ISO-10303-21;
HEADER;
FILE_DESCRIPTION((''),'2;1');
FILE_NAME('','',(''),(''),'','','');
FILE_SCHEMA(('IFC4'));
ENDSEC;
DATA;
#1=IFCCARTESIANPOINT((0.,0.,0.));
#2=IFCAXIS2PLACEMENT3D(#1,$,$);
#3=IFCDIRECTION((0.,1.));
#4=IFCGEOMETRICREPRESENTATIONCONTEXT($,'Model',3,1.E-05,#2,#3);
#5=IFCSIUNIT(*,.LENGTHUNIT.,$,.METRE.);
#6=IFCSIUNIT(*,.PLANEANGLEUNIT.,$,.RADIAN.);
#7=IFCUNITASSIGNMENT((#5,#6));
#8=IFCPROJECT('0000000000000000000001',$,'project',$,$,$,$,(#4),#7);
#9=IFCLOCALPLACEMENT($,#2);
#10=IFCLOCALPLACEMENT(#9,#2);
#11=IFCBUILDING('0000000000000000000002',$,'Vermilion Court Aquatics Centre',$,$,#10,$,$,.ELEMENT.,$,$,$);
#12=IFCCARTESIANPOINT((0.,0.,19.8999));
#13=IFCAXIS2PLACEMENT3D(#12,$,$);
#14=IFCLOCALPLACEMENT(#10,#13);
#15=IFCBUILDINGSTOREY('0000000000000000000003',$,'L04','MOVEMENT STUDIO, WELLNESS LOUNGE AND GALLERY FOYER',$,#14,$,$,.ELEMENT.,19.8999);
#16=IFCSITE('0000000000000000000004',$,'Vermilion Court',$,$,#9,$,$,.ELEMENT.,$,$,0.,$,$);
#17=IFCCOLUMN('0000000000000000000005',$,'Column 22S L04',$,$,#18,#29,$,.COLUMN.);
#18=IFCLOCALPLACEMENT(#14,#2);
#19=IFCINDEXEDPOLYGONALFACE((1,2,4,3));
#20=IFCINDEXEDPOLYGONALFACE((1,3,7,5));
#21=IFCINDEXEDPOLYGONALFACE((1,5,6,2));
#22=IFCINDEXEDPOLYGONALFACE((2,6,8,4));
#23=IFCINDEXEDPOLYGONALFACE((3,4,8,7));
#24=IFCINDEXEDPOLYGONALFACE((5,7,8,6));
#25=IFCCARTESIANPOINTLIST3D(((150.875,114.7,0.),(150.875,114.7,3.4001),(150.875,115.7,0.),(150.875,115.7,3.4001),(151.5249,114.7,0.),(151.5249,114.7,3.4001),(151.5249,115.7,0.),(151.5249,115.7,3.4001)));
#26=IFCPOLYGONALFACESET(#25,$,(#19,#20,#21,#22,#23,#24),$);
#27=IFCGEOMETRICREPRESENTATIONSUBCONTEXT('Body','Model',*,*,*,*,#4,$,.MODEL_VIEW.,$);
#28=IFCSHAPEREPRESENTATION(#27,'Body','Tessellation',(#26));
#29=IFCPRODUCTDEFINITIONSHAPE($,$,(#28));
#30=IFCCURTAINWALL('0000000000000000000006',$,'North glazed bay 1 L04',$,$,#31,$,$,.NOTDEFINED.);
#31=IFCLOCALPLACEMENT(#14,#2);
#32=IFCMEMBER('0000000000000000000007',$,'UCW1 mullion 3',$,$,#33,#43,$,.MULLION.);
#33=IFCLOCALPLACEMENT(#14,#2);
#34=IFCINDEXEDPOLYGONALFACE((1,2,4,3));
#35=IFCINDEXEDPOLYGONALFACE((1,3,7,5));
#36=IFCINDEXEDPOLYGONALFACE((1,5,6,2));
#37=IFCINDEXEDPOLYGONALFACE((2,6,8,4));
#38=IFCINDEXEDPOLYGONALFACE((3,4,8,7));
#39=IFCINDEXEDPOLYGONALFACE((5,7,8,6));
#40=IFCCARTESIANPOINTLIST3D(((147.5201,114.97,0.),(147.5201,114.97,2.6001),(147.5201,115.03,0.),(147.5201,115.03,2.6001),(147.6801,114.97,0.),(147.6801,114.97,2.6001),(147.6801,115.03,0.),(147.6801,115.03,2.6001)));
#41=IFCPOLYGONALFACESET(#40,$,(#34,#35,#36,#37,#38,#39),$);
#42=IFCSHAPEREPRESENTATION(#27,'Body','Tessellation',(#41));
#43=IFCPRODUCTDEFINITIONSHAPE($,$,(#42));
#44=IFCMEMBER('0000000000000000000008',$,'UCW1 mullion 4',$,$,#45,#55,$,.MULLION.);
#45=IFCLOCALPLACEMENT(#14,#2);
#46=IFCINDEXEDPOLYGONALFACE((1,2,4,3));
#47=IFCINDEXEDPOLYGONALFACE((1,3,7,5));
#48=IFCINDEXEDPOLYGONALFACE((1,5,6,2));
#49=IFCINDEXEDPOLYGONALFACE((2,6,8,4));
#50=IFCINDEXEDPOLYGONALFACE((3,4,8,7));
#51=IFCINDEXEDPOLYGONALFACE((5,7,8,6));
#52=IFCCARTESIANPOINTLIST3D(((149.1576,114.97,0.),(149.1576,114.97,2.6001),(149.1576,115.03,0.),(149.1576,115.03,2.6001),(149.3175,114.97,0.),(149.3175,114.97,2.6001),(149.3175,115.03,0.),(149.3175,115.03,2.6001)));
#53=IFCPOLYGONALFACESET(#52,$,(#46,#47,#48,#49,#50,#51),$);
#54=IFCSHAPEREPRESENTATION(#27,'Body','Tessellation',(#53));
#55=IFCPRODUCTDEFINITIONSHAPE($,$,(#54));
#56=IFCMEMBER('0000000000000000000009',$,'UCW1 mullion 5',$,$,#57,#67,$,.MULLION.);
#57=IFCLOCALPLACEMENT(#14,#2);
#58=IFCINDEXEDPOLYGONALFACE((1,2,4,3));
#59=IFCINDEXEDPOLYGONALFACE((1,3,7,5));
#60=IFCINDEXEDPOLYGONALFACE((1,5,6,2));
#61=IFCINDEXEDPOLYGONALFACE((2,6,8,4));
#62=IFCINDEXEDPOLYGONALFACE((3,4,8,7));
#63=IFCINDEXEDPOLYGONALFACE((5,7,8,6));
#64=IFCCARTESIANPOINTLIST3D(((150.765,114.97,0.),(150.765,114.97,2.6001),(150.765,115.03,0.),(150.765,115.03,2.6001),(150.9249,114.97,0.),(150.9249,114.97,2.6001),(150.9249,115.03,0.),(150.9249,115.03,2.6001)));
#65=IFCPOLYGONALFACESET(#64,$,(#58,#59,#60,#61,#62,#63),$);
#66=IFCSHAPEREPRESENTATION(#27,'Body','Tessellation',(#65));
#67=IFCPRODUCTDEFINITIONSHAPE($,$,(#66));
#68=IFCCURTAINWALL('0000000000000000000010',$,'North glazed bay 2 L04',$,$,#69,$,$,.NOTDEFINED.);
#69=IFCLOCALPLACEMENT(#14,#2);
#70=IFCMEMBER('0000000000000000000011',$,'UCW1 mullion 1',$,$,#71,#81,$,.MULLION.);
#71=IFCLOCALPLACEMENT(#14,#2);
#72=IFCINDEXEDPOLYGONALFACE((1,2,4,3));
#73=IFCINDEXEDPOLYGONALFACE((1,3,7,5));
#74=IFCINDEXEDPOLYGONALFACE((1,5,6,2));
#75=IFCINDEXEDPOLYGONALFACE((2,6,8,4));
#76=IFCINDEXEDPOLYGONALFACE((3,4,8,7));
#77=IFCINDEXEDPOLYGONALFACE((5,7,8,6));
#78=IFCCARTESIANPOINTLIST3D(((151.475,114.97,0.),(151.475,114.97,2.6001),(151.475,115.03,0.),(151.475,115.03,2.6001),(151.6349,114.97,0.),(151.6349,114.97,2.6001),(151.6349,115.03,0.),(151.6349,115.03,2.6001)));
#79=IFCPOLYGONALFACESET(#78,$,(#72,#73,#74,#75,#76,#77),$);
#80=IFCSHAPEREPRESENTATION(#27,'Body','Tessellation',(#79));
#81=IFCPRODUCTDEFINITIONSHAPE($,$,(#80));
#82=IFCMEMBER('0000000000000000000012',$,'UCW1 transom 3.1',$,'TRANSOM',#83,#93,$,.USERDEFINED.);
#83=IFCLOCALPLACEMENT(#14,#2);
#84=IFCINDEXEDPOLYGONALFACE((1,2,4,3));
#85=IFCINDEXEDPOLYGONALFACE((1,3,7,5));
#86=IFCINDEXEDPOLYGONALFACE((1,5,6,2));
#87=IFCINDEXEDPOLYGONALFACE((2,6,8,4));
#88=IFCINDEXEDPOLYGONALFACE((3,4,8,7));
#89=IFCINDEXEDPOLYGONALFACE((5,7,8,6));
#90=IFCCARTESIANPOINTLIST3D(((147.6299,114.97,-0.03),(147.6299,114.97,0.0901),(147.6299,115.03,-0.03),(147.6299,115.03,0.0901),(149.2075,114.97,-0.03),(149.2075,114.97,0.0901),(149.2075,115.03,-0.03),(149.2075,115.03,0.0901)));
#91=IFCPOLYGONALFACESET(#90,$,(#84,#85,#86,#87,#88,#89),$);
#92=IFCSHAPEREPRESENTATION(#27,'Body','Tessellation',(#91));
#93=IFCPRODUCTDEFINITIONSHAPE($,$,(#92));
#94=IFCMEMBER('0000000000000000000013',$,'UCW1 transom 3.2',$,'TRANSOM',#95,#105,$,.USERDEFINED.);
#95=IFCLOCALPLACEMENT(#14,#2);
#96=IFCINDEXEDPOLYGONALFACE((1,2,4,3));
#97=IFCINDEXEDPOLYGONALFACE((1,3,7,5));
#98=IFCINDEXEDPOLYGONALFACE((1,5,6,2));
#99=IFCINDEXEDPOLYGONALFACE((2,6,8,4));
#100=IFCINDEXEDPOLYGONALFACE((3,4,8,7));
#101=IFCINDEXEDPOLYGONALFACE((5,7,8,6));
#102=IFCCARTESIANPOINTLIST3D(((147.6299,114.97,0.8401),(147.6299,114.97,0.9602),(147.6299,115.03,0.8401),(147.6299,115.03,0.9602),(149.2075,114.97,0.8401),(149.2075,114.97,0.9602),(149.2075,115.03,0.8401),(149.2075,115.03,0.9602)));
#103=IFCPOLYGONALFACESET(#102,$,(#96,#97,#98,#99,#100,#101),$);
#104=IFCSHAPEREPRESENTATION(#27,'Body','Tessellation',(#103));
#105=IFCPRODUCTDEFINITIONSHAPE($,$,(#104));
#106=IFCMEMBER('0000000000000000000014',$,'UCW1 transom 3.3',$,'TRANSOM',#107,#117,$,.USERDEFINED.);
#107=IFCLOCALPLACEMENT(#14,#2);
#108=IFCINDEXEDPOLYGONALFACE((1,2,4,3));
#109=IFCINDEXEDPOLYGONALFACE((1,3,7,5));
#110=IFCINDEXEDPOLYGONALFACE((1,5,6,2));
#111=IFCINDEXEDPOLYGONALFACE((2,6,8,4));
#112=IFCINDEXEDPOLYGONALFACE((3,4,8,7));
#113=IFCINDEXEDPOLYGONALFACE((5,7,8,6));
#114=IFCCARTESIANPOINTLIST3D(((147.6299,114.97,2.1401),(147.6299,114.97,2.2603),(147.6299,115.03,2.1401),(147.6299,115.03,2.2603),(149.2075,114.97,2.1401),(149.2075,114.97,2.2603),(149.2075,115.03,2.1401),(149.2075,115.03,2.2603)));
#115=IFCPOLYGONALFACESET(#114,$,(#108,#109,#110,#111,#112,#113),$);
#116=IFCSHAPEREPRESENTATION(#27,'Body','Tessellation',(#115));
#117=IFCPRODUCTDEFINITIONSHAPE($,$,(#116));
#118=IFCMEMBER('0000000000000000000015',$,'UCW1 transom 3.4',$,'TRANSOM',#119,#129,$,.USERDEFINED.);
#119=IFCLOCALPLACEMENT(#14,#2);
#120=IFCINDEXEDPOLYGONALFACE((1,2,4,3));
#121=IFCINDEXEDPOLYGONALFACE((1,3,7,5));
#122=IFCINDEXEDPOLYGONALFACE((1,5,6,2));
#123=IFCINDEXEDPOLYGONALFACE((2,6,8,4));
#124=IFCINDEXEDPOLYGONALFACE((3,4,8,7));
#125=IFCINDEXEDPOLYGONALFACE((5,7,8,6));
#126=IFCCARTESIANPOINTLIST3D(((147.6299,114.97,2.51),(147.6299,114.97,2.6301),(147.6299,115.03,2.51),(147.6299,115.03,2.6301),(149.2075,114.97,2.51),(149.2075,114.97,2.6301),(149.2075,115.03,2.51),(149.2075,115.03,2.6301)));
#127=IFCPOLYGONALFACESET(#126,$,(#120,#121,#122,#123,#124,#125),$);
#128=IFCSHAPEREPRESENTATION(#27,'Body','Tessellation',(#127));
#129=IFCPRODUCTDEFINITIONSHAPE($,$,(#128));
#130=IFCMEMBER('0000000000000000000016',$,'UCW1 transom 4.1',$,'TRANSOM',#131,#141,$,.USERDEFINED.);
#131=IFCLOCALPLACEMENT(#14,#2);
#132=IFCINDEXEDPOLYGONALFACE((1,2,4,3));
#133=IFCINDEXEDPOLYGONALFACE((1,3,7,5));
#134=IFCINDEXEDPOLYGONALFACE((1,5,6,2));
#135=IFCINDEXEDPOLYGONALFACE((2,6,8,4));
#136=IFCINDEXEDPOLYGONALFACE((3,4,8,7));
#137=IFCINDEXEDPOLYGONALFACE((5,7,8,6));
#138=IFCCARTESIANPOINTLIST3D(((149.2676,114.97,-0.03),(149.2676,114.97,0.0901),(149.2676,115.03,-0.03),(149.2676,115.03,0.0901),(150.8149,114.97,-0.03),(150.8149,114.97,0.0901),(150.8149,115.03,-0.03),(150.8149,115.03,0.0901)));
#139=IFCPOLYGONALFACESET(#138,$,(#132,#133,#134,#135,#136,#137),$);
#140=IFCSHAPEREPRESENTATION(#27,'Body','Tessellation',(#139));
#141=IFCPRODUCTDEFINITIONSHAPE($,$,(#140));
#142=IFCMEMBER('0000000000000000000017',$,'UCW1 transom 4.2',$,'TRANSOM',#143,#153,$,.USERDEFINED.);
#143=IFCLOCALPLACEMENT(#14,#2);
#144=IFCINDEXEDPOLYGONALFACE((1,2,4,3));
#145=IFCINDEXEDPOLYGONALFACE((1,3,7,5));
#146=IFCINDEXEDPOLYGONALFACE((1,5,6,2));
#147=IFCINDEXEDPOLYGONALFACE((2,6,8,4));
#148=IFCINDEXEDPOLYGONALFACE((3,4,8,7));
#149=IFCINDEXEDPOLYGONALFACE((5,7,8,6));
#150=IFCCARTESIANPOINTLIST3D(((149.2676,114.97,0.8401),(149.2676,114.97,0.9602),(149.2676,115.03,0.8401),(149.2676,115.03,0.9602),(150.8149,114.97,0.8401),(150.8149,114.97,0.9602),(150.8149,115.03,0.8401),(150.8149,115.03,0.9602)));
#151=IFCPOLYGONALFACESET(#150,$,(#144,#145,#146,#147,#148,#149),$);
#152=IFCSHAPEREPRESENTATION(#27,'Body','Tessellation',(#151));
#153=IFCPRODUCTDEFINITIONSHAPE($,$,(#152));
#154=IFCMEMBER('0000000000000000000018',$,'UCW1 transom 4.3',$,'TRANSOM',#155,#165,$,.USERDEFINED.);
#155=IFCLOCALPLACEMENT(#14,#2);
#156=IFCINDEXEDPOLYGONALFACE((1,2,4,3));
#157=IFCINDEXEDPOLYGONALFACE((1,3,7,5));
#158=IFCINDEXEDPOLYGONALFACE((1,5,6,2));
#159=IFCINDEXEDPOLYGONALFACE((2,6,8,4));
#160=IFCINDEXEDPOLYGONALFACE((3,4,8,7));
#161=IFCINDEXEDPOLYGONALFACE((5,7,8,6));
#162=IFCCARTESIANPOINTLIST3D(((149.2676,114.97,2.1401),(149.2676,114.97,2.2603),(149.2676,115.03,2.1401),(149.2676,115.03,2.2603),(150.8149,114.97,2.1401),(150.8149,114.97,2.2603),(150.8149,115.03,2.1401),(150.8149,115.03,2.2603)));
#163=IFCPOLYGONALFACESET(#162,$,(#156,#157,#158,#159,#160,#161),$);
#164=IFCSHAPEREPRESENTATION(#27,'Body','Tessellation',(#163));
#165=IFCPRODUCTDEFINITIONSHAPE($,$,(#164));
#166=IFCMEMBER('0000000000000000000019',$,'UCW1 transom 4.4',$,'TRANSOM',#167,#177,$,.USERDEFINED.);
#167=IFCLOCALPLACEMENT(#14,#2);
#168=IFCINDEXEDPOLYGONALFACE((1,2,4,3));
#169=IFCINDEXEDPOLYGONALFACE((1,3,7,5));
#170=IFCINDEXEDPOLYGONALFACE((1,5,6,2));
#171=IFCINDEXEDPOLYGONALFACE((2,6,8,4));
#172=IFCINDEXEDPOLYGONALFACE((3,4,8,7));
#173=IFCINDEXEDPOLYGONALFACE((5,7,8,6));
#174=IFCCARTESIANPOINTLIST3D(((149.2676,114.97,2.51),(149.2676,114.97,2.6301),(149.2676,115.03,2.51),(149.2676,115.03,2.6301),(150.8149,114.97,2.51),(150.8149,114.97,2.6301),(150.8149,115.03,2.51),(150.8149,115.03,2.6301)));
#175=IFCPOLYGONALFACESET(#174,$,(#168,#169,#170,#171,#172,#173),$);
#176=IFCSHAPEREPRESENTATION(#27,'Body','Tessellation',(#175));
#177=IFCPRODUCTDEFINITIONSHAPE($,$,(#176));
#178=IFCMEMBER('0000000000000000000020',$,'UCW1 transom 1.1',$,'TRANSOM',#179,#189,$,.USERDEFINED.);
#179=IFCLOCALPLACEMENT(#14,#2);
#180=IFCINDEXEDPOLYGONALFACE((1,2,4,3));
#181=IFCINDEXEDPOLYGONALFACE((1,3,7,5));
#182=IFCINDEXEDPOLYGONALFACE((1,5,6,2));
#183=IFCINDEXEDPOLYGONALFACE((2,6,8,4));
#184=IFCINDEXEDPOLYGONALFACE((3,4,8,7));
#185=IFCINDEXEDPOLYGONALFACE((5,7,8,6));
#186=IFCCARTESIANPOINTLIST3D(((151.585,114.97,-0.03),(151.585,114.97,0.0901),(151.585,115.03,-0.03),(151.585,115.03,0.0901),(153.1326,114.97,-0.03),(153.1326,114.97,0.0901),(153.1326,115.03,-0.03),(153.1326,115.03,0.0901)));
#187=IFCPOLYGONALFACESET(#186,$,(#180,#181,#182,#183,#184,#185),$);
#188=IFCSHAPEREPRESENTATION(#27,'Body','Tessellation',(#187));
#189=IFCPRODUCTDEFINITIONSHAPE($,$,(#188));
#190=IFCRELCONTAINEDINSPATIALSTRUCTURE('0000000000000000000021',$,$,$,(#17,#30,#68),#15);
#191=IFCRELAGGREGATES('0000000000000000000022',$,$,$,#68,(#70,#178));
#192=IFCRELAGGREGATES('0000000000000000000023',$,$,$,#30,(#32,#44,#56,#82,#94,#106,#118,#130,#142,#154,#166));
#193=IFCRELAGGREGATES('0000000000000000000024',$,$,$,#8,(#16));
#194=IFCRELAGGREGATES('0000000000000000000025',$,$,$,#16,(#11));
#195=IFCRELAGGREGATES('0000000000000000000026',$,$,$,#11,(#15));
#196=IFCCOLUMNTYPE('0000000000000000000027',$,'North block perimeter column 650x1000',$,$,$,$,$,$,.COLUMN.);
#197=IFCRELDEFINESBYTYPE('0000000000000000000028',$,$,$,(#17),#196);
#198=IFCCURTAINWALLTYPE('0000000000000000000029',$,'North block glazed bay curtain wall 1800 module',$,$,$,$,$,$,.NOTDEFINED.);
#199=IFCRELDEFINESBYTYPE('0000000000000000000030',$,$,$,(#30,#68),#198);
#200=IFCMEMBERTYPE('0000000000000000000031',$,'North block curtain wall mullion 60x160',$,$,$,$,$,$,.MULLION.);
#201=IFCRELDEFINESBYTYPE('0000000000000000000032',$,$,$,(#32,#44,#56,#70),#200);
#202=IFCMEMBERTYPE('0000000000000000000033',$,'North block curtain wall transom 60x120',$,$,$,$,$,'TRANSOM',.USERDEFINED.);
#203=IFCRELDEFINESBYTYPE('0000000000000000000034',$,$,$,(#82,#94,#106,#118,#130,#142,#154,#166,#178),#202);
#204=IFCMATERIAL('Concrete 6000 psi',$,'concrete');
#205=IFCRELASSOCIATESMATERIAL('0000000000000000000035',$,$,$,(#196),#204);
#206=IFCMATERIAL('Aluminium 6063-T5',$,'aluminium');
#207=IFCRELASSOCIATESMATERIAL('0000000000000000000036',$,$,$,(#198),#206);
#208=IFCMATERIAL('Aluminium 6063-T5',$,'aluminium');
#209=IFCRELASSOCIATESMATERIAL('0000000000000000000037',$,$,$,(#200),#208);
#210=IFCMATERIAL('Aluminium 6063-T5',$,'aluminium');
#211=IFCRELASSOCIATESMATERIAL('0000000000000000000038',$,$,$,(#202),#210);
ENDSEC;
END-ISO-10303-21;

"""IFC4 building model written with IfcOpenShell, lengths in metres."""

from ifc_helpers import new_model, si_unit, direction, frame, origin, origin_2d, place, context, subcontext, project, spatial, rectangle, extrude, material, material_profile, profile_set, type_object, element, aggregate, save


model = new_model("IFC4")

# Units and contexts
model_context = context("Model", 3, precision=1e-05, world=origin(), true_north=direction((0.0, 1.0)))
body_context = subcontext(model_context, "Body", "Model", "MODEL_VIEW")
ifc_project = project(units=[si_unit("LENGTHUNIT", "METRE"), si_unit("PLANEANGLEUNIT", "RADIAN")], contexts=[model_context])

# Site, building, storey
site_placement = place(None, origin())
site = spatial("IfcSite", under=ifc_project, at=site_placement, Name="Vermilion Court", CompositionType="ELEMENT", RefElevation=0.0)
building_placement = place(site_placement, origin())
building = spatial("IfcBuilding", under=site, at=building_placement, Name="Vermilion Court Aquatics Centre", CompositionType="ELEMENT")
storey_placement = place(building_placement, frame((0.0, 0.0, 19.8999)))
storey = spatial("IfcBuildingStorey", under=building, at=storey_placement, Name="L04", Description="MOVEMENT STUDIO, WELLNESS LOUNGE AND GALLERY FOYER", CompositionType="ELEMENT", Elevation=19.8999)

# Column
ifc_material_1 = material(Name="Concrete 6000 psi", Category="concrete")
ifc_material_profile_1 = material_profile(ifc_material_1, rectangle(XDim=0.6499, YDim=1.0, at=origin_2d()), Name="RC 650x1000")
ifc_profile_set_1 = profile_set([ifc_material_profile_1], Name="Concrete 6000 psi")
column_type = type_object("IfcColumnType", Name="North block perimeter column 650x1000", PredefinedType="COLUMN", material=ifc_profile_set_1)
column_placement = place(storey_placement, frame((151.2, 115.2, 0.0), z_axis=(0.0, 0.0, 1.0), x_axis=(1.0, 0.0, 0.0)))
element("IfcColumn", 1, at=column_placement, inside=storey, type_object=column_type, Name="Column 22S L04", PredefinedType="COLUMN", context=body_context, shape_type="SweptSolid", body=[
    extrude(rectangle(XDim=0.6499, YDim=1.0, at=origin_2d()), origin(), (0.0, 0.0, 1.0), 3.4001),
])

# Curtain wall, members
ifc_material_2 = material(Name="Aluminium 6063-T5", Category="aluminium")
curtain_wall_type = type_object("IfcCurtainWallType", Name="North block glazed bay curtain wall 1800 module", PredefinedType="NOTDEFINED", material=ifc_material_2)
curtain_wall_1_placement = place(storey_placement, origin())
curtain_wall_1 = element("IfcCurtainWall", 2, at=curtain_wall_1_placement, inside=storey, type_object=curtain_wall_type, Name="North glazed bay 1 L04", PredefinedType="NOTDEFINED")
ifc_material_3 = material(Name="Aluminium 6063-T5", Category="aluminium")
ifc_material_profile_2 = material_profile(ifc_material_3, rectangle(XDim=0.0601, YDim=0.1599, at=origin_2d()), Name="AL 60x160")
ifc_profile_set_2 = profile_set([ifc_material_profile_2], Name="Aluminium 6063-T5")
member_type_1 = type_object("IfcMemberType", Name="North block curtain wall mullion 60x160", PredefinedType="MULLION", material=ifc_profile_set_2)
member_1_placement = place(storey_placement, frame((147.6001, 115.0, 0.0), z_axis=(0.0, 0.0, 1.0), x_axis=(0.0, 1.0, 0.0)))
member_1 = element("IfcMember", 3, at=member_1_placement, type_object=member_type_1, Name="UCW1 mullion 3", PredefinedType="MULLION", context=body_context, shape_type="SweptSolid", body=[
    extrude(rectangle(XDim=0.0601, YDim=0.1599, at=origin_2d()), origin(), (0.0, 0.0, 1.0), 2.6001),
])
member_2_placement = place(storey_placement, frame((149.2375, 115.0, 0.0), z_axis=(0.0, 0.0, 1.0), x_axis=(0.0, 1.0, 0.0)))
member_2 = element("IfcMember", 4, at=member_2_placement, type_object=member_type_1, Name="UCW1 mullion 4", PredefinedType="MULLION", context=body_context, shape_type="SweptSolid", body=[
    extrude(rectangle(XDim=0.0601, YDim=0.1599, at=origin_2d()), origin(), (0.0, 0.0, 1.0), 2.6001),
])
member_3_placement = place(storey_placement, frame((150.845, 115.0, 0.0), z_axis=(0.0, 0.0, 1.0), x_axis=(0.0, 1.0, 0.0)))
member_3 = element("IfcMember", 5, at=member_3_placement, type_object=member_type_1, Name="UCW1 mullion 5", PredefinedType="MULLION", context=body_context, shape_type="SweptSolid", body=[
    extrude(rectangle(XDim=0.0601, YDim=0.1599, at=origin_2d()), origin(), (0.0, 0.0, 1.0), 2.6001),
])

# Curtain wall, member
curtain_wall_2_placement = place(storey_placement, origin())
curtain_wall_2 = element("IfcCurtainWall", 6, at=curtain_wall_2_placement, inside=storey, type_object=curtain_wall_type, Name="North glazed bay 2 L04", PredefinedType="NOTDEFINED")
member_4_placement = place(storey_placement, frame((151.5549, 115.0, 0.0), z_axis=(0.0, 0.0, 1.0), x_axis=(0.0, 1.0, 0.0)))
member_4 = element("IfcMember", 7, at=member_4_placement, type_object=member_type_1, Name="UCW1 mullion 1", PredefinedType="MULLION", context=body_context, shape_type="SweptSolid", body=[
    extrude(rectangle(XDim=0.0601, YDim=0.1599, at=origin_2d()), origin(), (0.0, 0.0, 1.0), 2.6001),
])

# Members
ifc_material_4 = material(Name="Aluminium 6063-T5", Category="aluminium")
ifc_material_profile_3 = material_profile(ifc_material_4, rectangle(XDim=0.0601, YDim=0.1201, at=origin_2d()), Name="AL 60x120")
ifc_profile_set_3 = profile_set([ifc_material_profile_3], Name="Aluminium 6063-T5")
member_type_2 = type_object("IfcMemberType", Name="North block curtain wall transom 60x120", ElementType="TRANSOM", PredefinedType="USERDEFINED", material=ifc_profile_set_3)
member_5_placement = place(storey_placement, frame((147.6299, 115.0, 0.03), z_axis=(1.0, 0.0, 0.0), x_axis=(0.0, 1.0, 0.0)))
member_5 = element("IfcMember", 8, at=member_5_placement, type_object=member_type_2, Name="UCW1 transom 3.1", ObjectType="TRANSOM", PredefinedType="USERDEFINED", context=body_context, shape_type="SweptSolid", body=[
    extrude(rectangle(XDim=0.0601, YDim=0.1201, at=origin_2d()), origin(), (0.0, 0.0, 1.0), 1.5776),
])
member_6_placement = place(storey_placement, frame((147.6299, 115.0, 0.9001), z_axis=(1.0, 0.0, 0.0), x_axis=(0.0, 1.0, 0.0)))
member_6 = element("IfcMember", 9, at=member_6_placement, type_object=member_type_2, Name="UCW1 transom 3.2", ObjectType="TRANSOM", PredefinedType="USERDEFINED", context=body_context, shape_type="SweptSolid", body=[
    extrude(rectangle(XDim=0.0601, YDim=0.1201, at=origin_2d()), origin(), (0.0, 0.0, 1.0), 1.5776),
])
member_7_placement = place(storey_placement, frame((147.6299, 115.0, 2.2002), z_axis=(1.0, 0.0, 0.0), x_axis=(0.0, 1.0, 0.0)))
member_7 = element("IfcMember", 10, at=member_7_placement, type_object=member_type_2, Name="UCW1 transom 3.3", ObjectType="TRANSOM", PredefinedType="USERDEFINED", context=body_context, shape_type="SweptSolid", body=[
    extrude(rectangle(XDim=0.0601, YDim=0.1201, at=origin_2d()), origin(), (0.0, 0.0, 1.0), 1.5776),
])
member_8_placement = place(storey_placement, frame((147.6299, 115.0, 2.5701), z_axis=(1.0, 0.0, 0.0), x_axis=(0.0, 1.0, 0.0)))
member_8 = element("IfcMember", 11, at=member_8_placement, type_object=member_type_2, Name="UCW1 transom 3.4", ObjectType="TRANSOM", PredefinedType="USERDEFINED", context=body_context, shape_type="SweptSolid", body=[
    extrude(rectangle(XDim=0.0601, YDim=0.1201, at=origin_2d()), origin(), (0.0, 0.0, 1.0), 1.5776),
])
member_9_placement = place(storey_placement, frame((149.2676, 115.0, 0.03), z_axis=(1.0, 0.0, 0.0), x_axis=(0.0, 1.0, 0.0)))
member_9 = element("IfcMember", 12, at=member_9_placement, type_object=member_type_2, Name="UCW1 transom 4.1", ObjectType="TRANSOM", PredefinedType="USERDEFINED", context=body_context, shape_type="SweptSolid", body=[
    extrude(rectangle(XDim=0.0601, YDim=0.1201, at=origin_2d()), origin(), (0.0, 0.0, 1.0), 1.5474),
])
member_10_placement = place(storey_placement, frame((149.2676, 115.0, 0.9001), z_axis=(1.0, 0.0, 0.0), x_axis=(0.0, 1.0, 0.0)))
member_10 = element("IfcMember", 13, at=member_10_placement, type_object=member_type_2, Name="UCW1 transom 4.2", ObjectType="TRANSOM", PredefinedType="USERDEFINED", context=body_context, shape_type="SweptSolid", body=[
    extrude(rectangle(XDim=0.0601, YDim=0.1201, at=origin_2d()), origin(), (0.0, 0.0, 1.0), 1.5474),
])
member_11_placement = place(storey_placement, frame((149.2676, 115.0, 2.2002), z_axis=(1.0, 0.0, 0.0), x_axis=(0.0, 1.0, 0.0)))
member_11 = element("IfcMember", 14, at=member_11_placement, type_object=member_type_2, Name="UCW1 transom 4.3", ObjectType="TRANSOM", PredefinedType="USERDEFINED", context=body_context, shape_type="SweptSolid", body=[
    extrude(rectangle(XDim=0.0601, YDim=0.1201, at=origin_2d()), origin(), (0.0, 0.0, 1.0), 1.5474),
])
member_12_placement = place(storey_placement, frame((149.2676, 115.0, 2.5701), z_axis=(1.0, 0.0, 0.0), x_axis=(0.0, 1.0, 0.0)))
member_12 = element("IfcMember", 15, at=member_12_placement, type_object=member_type_2, Name="UCW1 transom 4.4", ObjectType="TRANSOM", PredefinedType="USERDEFINED", context=body_context, shape_type="SweptSolid", body=[
    extrude(rectangle(XDim=0.0601, YDim=0.1201, at=origin_2d()), origin(), (0.0, 0.0, 1.0), 1.5474),
])
member_13_placement = place(storey_placement, frame((151.585, 115.0, 0.03), z_axis=(1.0, 0.0, 0.0), x_axis=(0.0, 1.0, 0.0)))
member_13 = element("IfcMember", 16, at=member_13_placement, type_object=member_type_2, Name="UCW1 transom 1.1", ObjectType="TRANSOM", PredefinedType="USERDEFINED", context=body_context, shape_type="SweptSolid", body=[
    extrude(rectangle(XDim=0.0601, YDim=0.1201, at=origin_2d()), origin(), (0.0, 0.0, 1.0), 1.5476),
])
aggregate(curtain_wall_2, [member_4, member_13])

aggregate(curtain_wall_1, [member_1, member_2, member_3, member_5, member_6, member_7, member_8, member_9, member_10, member_11, member_12])

save(model, "model.ifc")
